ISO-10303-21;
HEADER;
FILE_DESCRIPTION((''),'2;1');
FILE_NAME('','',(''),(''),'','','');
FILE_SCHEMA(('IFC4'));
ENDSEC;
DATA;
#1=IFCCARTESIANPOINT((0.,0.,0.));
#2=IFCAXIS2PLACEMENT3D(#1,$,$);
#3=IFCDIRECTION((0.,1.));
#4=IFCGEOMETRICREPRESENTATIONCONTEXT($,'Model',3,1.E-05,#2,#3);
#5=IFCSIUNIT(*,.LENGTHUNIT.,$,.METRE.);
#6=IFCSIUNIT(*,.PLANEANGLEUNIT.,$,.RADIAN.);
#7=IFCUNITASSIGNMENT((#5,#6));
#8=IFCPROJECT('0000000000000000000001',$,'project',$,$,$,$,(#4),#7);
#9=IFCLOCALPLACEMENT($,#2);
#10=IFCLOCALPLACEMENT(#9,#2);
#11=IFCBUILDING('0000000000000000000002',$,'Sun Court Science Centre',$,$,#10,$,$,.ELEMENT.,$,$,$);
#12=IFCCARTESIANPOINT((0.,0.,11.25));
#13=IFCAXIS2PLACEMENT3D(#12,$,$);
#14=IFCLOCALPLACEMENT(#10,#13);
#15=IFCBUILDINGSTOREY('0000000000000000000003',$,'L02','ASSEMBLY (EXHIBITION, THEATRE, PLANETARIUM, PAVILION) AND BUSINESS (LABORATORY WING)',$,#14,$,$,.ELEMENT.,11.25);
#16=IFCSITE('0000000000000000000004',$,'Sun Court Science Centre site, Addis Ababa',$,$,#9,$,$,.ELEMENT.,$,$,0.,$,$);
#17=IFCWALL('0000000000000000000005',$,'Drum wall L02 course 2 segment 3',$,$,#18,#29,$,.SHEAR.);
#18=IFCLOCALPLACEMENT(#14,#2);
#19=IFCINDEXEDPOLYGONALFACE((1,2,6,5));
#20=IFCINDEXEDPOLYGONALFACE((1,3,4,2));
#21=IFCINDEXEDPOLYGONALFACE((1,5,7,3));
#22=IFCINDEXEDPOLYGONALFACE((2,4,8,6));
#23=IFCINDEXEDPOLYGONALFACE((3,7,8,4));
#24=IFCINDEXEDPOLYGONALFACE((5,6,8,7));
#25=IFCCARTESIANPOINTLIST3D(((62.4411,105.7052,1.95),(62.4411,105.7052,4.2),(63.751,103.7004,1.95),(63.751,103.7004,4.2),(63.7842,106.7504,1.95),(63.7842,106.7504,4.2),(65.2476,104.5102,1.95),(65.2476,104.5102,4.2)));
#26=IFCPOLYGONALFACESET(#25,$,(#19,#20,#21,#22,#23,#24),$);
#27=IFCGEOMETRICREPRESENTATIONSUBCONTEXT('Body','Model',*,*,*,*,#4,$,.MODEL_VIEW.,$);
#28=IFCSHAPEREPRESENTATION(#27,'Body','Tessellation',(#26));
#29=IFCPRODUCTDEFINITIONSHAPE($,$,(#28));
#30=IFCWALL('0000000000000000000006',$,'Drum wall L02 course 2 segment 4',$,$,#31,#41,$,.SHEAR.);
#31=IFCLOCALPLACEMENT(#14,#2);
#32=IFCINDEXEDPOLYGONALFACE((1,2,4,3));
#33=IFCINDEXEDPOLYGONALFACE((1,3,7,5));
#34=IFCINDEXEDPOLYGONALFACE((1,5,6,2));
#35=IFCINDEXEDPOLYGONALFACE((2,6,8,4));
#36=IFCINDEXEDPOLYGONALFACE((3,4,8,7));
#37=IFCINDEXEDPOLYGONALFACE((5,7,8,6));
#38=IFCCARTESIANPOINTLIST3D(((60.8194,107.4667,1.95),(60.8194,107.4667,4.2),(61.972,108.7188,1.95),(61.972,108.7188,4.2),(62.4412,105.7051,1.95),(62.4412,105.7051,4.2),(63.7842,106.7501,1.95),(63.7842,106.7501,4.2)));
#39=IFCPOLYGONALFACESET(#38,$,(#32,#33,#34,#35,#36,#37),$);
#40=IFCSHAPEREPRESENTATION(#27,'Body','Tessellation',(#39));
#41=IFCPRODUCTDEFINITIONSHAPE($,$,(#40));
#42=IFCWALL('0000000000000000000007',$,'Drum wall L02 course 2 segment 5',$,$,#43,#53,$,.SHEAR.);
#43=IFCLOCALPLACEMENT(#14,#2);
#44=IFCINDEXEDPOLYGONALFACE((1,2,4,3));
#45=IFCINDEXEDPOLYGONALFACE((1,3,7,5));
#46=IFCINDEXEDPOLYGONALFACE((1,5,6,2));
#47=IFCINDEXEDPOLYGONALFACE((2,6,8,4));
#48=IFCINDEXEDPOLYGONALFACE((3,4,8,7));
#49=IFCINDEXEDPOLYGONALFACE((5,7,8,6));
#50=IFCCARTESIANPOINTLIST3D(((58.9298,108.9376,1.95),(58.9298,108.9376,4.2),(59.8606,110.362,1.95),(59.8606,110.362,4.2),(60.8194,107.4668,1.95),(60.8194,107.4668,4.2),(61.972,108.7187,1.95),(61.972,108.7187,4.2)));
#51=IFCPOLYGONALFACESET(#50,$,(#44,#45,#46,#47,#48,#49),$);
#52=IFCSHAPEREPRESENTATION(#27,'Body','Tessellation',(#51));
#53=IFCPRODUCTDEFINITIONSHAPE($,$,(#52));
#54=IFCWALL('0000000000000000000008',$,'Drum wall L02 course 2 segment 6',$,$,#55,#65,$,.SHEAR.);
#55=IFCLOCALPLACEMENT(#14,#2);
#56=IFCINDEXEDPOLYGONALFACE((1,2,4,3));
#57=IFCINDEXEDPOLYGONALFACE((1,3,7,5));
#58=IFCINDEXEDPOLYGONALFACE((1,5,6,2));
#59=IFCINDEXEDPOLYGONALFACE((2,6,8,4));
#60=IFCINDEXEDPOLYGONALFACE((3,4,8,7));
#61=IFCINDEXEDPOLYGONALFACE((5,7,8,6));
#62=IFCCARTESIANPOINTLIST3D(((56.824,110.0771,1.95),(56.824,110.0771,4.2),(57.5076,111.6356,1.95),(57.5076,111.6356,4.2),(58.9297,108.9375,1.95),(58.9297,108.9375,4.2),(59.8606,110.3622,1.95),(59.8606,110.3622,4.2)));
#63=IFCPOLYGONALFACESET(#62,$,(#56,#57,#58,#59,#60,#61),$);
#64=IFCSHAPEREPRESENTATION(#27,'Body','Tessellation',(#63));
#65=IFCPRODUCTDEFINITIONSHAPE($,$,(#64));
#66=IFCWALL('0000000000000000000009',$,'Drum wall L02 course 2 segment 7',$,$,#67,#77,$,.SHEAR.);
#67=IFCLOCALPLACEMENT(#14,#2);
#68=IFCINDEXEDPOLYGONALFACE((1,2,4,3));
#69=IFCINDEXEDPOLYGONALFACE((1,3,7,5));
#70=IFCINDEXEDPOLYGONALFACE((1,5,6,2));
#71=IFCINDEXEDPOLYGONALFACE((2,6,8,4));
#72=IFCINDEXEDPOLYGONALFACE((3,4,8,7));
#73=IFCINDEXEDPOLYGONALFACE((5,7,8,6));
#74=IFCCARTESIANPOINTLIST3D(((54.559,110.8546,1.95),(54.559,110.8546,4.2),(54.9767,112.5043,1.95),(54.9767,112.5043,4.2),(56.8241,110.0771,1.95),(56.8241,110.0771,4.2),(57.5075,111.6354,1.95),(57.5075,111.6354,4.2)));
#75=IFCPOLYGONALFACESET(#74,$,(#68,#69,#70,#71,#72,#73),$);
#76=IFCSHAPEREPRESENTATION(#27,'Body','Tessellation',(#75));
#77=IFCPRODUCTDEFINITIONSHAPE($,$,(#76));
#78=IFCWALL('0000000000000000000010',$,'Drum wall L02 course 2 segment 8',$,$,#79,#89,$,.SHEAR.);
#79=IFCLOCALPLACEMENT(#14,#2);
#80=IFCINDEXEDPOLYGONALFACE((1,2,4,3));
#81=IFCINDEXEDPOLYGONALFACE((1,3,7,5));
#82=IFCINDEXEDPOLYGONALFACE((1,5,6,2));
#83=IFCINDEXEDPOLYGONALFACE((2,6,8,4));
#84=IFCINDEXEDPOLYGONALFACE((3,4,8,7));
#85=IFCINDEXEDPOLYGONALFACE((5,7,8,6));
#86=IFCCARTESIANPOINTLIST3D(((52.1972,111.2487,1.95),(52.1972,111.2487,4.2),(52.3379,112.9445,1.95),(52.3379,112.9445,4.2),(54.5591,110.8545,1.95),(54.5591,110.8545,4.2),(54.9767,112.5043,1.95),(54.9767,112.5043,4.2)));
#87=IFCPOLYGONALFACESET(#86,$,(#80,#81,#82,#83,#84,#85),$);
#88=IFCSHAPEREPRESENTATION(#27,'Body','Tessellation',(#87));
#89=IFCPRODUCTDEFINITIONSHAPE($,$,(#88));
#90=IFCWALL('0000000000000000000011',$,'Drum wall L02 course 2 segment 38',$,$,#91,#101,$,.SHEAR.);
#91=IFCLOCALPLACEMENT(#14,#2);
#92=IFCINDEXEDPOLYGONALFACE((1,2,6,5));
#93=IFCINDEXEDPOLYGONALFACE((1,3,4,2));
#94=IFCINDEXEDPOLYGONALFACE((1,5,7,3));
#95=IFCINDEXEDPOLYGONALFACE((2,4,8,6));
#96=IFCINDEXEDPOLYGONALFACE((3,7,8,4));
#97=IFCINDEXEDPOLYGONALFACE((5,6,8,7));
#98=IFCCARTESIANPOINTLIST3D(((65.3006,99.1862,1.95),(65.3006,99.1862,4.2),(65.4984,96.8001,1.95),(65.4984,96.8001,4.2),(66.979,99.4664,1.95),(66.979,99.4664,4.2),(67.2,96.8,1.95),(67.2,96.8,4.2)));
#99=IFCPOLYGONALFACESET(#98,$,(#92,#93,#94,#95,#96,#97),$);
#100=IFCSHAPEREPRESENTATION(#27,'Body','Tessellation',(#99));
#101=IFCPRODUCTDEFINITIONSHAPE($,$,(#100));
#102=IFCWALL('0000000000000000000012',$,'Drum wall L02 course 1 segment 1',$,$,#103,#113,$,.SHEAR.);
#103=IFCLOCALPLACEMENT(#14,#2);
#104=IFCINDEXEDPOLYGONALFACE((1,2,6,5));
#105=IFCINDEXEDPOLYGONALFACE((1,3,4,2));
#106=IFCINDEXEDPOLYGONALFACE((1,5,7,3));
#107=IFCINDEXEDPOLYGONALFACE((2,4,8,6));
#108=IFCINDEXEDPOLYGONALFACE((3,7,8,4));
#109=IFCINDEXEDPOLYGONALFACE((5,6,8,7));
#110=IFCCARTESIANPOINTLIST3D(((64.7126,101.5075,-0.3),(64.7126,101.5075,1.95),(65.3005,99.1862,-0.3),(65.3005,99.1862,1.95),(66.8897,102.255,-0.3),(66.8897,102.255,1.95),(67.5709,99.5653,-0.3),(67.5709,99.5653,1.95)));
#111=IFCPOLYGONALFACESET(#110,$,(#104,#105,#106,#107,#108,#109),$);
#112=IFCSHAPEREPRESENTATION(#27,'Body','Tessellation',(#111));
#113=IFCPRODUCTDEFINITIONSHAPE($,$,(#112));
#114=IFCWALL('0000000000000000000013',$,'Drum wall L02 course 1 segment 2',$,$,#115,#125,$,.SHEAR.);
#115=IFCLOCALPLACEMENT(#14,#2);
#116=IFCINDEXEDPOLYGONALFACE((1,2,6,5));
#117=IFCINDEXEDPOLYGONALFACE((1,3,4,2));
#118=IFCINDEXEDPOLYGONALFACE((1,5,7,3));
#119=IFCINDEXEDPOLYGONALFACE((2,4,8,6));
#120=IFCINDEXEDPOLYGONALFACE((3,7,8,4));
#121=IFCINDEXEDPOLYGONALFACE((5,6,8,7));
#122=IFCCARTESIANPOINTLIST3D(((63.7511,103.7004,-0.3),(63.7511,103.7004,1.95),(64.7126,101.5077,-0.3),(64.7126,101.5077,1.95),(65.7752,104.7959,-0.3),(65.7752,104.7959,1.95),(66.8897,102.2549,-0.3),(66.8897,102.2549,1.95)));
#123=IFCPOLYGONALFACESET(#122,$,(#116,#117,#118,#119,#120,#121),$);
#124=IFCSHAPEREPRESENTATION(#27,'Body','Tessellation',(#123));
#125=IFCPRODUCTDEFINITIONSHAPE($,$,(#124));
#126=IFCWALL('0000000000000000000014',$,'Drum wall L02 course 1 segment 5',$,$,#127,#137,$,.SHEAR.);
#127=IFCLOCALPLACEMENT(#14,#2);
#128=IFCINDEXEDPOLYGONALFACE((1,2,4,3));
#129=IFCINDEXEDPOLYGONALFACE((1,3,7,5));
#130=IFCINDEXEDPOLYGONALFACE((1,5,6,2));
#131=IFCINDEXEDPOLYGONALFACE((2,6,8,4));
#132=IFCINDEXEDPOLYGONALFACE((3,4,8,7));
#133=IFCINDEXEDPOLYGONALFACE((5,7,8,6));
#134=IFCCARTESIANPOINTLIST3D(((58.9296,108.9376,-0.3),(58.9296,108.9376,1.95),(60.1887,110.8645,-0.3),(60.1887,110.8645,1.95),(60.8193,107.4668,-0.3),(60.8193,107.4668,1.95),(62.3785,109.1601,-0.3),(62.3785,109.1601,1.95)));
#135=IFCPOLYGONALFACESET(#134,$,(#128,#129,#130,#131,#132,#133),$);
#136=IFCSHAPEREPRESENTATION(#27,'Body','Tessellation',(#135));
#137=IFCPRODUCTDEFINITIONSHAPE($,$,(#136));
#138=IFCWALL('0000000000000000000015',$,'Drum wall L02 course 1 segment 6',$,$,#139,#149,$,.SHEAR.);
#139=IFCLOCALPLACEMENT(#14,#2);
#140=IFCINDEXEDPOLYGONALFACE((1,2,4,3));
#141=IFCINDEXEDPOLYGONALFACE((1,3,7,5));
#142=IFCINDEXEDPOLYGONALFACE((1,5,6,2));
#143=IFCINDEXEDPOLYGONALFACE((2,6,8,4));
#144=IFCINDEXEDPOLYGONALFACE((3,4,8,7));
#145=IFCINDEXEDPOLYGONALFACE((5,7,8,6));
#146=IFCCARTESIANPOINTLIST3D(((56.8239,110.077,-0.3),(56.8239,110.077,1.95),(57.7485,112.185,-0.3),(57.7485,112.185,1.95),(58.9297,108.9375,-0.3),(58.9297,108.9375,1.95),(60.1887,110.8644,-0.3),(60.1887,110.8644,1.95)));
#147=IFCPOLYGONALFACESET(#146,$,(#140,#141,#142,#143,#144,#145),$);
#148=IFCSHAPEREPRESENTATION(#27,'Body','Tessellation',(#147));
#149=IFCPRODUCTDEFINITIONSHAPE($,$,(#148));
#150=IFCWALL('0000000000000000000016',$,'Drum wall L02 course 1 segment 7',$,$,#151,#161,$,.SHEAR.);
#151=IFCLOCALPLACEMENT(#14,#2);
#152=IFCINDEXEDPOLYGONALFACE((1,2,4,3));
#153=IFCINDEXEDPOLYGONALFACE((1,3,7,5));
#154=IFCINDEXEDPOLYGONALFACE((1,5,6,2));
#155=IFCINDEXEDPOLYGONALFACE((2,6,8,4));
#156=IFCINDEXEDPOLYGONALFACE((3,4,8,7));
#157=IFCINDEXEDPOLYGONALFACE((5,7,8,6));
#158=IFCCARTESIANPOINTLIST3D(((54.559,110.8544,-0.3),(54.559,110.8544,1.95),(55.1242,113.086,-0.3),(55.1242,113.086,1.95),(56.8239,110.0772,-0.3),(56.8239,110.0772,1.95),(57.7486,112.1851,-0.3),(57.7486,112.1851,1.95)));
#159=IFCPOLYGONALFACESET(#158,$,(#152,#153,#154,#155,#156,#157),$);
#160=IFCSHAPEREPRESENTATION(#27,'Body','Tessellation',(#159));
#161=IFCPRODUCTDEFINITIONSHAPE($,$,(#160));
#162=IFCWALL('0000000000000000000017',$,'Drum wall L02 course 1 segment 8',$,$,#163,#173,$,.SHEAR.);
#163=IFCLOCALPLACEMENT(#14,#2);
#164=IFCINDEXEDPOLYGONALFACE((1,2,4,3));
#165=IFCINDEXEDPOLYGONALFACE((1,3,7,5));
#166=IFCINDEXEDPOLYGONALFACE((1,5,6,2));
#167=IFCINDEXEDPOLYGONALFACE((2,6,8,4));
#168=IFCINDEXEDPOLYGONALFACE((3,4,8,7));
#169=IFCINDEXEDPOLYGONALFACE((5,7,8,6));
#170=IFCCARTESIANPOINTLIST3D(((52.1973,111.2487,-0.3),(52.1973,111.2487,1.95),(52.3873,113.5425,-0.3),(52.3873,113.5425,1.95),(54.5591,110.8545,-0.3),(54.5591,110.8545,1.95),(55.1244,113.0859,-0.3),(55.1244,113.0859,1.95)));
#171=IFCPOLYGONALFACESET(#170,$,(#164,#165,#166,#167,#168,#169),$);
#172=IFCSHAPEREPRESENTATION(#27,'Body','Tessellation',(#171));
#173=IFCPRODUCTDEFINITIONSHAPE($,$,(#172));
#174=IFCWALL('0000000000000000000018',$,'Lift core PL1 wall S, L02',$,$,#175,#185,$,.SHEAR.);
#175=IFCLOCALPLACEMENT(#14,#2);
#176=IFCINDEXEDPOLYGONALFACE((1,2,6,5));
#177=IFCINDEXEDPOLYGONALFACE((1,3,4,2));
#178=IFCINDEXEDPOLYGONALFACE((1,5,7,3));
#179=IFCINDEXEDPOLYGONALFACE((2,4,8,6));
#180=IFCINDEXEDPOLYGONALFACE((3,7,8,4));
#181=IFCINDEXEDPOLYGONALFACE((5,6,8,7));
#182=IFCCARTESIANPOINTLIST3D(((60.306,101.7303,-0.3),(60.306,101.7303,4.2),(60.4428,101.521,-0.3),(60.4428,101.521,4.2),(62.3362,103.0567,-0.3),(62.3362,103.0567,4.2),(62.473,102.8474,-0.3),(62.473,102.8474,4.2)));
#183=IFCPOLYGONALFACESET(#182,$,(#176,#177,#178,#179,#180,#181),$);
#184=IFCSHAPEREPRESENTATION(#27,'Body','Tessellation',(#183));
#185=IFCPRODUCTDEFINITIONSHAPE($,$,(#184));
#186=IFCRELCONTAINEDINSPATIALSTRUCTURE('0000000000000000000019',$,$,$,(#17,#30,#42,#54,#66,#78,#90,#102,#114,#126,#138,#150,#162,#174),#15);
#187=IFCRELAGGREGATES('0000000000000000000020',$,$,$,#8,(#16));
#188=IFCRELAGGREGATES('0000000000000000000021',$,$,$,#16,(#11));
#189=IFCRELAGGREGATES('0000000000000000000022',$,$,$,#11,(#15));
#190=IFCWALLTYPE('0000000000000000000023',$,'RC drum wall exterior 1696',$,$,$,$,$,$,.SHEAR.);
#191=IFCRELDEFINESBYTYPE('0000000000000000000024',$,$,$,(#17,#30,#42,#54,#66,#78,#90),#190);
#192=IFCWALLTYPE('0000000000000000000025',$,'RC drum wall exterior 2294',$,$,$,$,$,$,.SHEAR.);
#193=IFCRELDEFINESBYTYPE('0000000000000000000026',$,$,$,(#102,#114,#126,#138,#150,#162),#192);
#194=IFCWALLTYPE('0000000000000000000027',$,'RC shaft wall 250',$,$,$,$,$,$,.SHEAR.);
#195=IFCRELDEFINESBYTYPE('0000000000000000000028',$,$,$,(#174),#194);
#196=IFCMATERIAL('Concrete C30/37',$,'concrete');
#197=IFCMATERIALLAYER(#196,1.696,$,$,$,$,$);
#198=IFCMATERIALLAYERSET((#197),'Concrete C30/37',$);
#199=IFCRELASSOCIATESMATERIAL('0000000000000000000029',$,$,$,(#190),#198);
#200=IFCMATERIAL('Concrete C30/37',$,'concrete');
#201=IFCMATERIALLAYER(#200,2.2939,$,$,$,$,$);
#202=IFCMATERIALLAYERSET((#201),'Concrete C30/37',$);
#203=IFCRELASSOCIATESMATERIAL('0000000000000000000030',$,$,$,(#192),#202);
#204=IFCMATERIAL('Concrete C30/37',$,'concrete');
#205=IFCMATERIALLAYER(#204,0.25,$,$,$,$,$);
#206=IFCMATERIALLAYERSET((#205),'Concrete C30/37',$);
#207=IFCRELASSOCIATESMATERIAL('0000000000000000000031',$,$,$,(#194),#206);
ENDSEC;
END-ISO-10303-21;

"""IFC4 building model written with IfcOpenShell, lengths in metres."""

from ifc_helpers import new_model, si_unit, direction, frame, frame_2d, origin, place, context, subcontext, project, spatial, polyline, rectangle, outline, extrude, material, layer, layer_set, type_object, element, save


model = new_model("IFC4")

# Units and contexts
model_context = context("Model", 3, precision=1e-05, world=origin(), true_north=direction((0.0, 1.0)))
body_context = subcontext(model_context, "Body", "Model", "MODEL_VIEW")
ifc_project = project(units=[si_unit("LENGTHUNIT", "METRE"), si_unit("PLANEANGLEUNIT", "RADIAN")], contexts=[model_context])

# Site, building, storey
site_placement = place(None, origin())
site = spatial("IfcSite", under=ifc_project, at=site_placement, Name="Sun Court Science Centre site, Addis Ababa", CompositionType="ELEMENT", RefElevation=0.0)
building_placement = place(site_placement, origin())
building = spatial("IfcBuilding", under=site, at=building_placement, Name="Sun Court Science Centre", CompositionType="ELEMENT")
storey_placement = place(building_placement, frame((0.0, 0.0, 11.25)))
storey = spatial("IfcBuildingStorey", under=building, at=storey_placement, Name="L02", Description="ASSEMBLY (EXHIBITION, THEATRE, PLANETARIUM, PAVILION) AND BUSINESS (LABORATORY WING)", CompositionType="ELEMENT", Elevation=11.25)

# Walls
ifc_material_1 = material(Name="Concrete C30/37", Category="concrete")
ifc_layer_1 = layer(ifc_material_1, 1.696)
ifc_layer_set_1 = layer_set([ifc_layer_1], Name="Concrete C30/37")
wall_type_1 = type_object("IfcWallType", Name="RC drum wall exterior 1696", PredefinedType="SHEAR", material=ifc_layer_set_1)
wall_1_placement = place(storey_placement, frame((64.5376, 104.0466, 1.95), z_axis=(0.0, 0.0, 1.0), x_axis=(-0.546969, 0.837153, 0.0)))
element("IfcWall", 1, at=wall_1_placement, inside=storey, type_object=wall_type_1, Name="Drum wall L02 course 2 segment 3", PredefinedType="SHEAR", context=body_context, shape_type="SweptSolid", body=[
    extrude(outline(polyline([(-0.0002, -0.8479), (2.6755, -0.8481), (2.5352, 0.8479), (0.1404, 0.8479), (-0.0002, -0.8479)])), origin(), (0.0, 0.0, 1.0), 2.25),
])
wall_2_placement = place(storey_placement, frame((63.1602, 106.176, 1.95), z_axis=(0.0, 0.0, 1.0), x_axis=(-0.677256, 0.735747, 0.0)))
element("IfcWall", 2, at=wall_2_placement, inside=storey, type_object=wall_type_1, Name="Drum wall L02 course 2 segment 4", PredefinedType="SHEAR", context=body_context, shape_type="SweptSolid", body=[
    extrude(outline(polyline([(-0.0002, -0.8479), (2.6755, -0.8479), (2.5349, 0.8481), (0.1404, 0.8479), (-0.0002, -0.8479)])), origin(), (0.0, 0.0, 1.0), 2.25),
])
wall_3_placement = place(storey_placement, frame((61.4512, 108.0496, 1.95), z_axis=(0.0, 0.0, 1.0), x_axis=(-0.789141, 0.614212, 0.0)))
element("IfcWall", 3, at=wall_3_placement, inside=storey, type_object=wall_type_1, Name="Drum wall L02 course 2 segment 5", PredefinedType="SHEAR", context=body_context, shape_type="SweptSolid", body=[
    extrude(outline(polyline([(0.0, -0.8479), (2.6755, -0.8479), (2.5352, 0.8479), (0.1406, 0.8479), (0.0, -0.8479)])), origin(), (0.0, 0.0, 1.0), 2.25),
])
wall_4_placement = place(storey_placement, frame((59.457, 109.6165, 1.95), z_axis=(0.0, 0.0, 1.0), x_axis=(-0.879467, 0.47596, 0.0)))
element("IfcWall", 4, at=wall_4_placement, inside=storey, type_object=wall_type_1, Name="Drum wall L02 course 2 segment 6", PredefinedType="SHEAR", context=body_context, shape_type="SweptSolid", body=[
    extrude(outline(polyline([(0.0, -0.8479), (2.6755, -0.8479), (2.5349, 0.8481), (0.1406, 0.8481), (0.0, -0.8479)])), origin(), (0.0, 0.0, 1.0), 2.25),
])
wall_5_placement = place(storey_placement, frame((57.2322, 110.8335, 1.95), z_axis=(0.0, 0.0, 1.0), x_axis=(-0.945807, 0.324728, 0.0)))
element("IfcWall", 5, at=wall_5_placement, inside=storey, type_object=wall_type_1, Name="Drum wall L02 course 2 segment 7", PredefinedType="SHEAR", context=body_context, shape_type="SweptSolid", body=[
    extrude(outline(polyline([(0.0, -0.8479), (2.6758, -0.8479), (2.5352, 0.8481), (0.1404, 0.8479), (0.0, -0.8479)])), origin(), (0.0, 0.0, 1.0), 2.25),
])
wall_6_placement = place(storey_placement, frame((54.8374, 111.668, 1.95), z_axis=(0.0, 0.0, 1.0), x_axis=(-0.986359, 0.164606, 0.0)))
element("IfcWall", 6, at=wall_6_placement, inside=storey, type_object=wall_type_1, Name="Drum wall L02 course 2 segment 8", PredefinedType="SHEAR", context=body_context, shape_type="SweptSolid", body=[
    extrude(outline(polyline([(0.0002, -0.8479), (2.6755, -0.8477), (2.5352, 0.8481), (0.1406, 0.8481), (0.0002, -0.8479)])), origin(), (0.0, 0.0, 1.0), 2.25),
])
wall_7_placement = place(storey_placement, frame((66.355, 96.73, 1.95), z_axis=(0.0, 0.0, 1.0), x_axis=(-0.082577, 0.996585, 0.0)))
element("IfcWall", 7, at=wall_7_placement, inside=storey, type_object=wall_type_1, Name="Drum wall L02 course 2 segment 38", PredefinedType="SHEAR", context=body_context, shape_type="SweptSolid", body=[
    extrude(outline(polyline([(0.0, -0.8479), (2.6755, -0.8479), (2.5349, 0.8479), (0.1406, 0.8479), (0.0, -0.8479)])), origin(), (0.0, 0.0, 1.0), 2.25),
])
ifc_material_2 = material(Name="Concrete C30/37", Category="concrete")
ifc_layer_2 = layer(ifc_material_2, 2.2939)
ifc_layer_set_2 = layer_set([ifc_layer_2], Name="Concrete C30/37")
wall_type_2 = type_object("IfcWallType", Name="RC drum wall exterior 2294", PredefinedType="SHEAR", material=ifc_layer_set_2)
wall_8_placement = place(storey_placement, frame((66.459, 99.2837, -0.3), z_axis=(0.0, 0.0, 1.0), x_axis=(-0.245495, 0.969398, 0.0)))
element("IfcWall", 8, at=wall_8_placement, inside=storey, type_object=wall_type_2, Name="Drum wall L02 course 1 segment 1", PredefinedType="SHEAR", context=body_context, shape_type="SweptSolid", body=[
    extrude(outline(polyline([(0.0, -1.147), (2.7747, -1.147), (2.5845, 1.147), (0.1899, 1.147), (0.0, -1.147)])), origin(), (0.0, 0.0, 1.0), 2.25),
])
wall_9_placement = place(storey_placement, frame((65.8394, 101.7942, -0.3), z_axis=(0.0, 0.0, 1.0), x_axis=(-0.401668, 0.915785, 0.0)))
element("IfcWall", 9, at=wall_9_placement, inside=storey, type_object=wall_type_2, Name="Drum wall L02 course 1 segment 2", PredefinedType="SHEAR", context=body_context, shape_type="SweptSolid", body=[
    extrude(outline(polyline([(0.0, -1.147), (2.7747, -1.147), (2.5845, 1.1467), (0.1902, 1.147), (0.0, -1.147)])), origin(), (0.0, 0.0, 1.0), 2.25),
])
wall_10_placement = place(storey_placement, frame((61.6738, 108.2551, -0.3), z_axis=(0.0, 0.0, 1.0), x_axis=(-0.789144, 0.614209, 0.0)))
element("IfcWall", 10, at=wall_10_placement, inside=storey, type_object=wall_type_2, Name="Drum wall L02 course 1 segment 5", PredefinedType="SHEAR", context=body_context, shape_type="SweptSolid", body=[
    extrude(outline(polyline([(-0.0002, -1.147), (2.7747, -1.147), (2.5847, 1.147), (0.1902, 1.147), (-0.0002, -1.147)])), origin(), (0.0, 0.0, 1.0), 2.25),
])
wall_11_placement = place(storey_placement, frame((59.6428, 109.8557, -0.3), z_axis=(0.0, 0.0, 1.0), x_axis=(-0.879475, 0.475946, 0.0)))
element("IfcWall", 11, at=wall_11_placement, inside=storey, type_object=wall_type_2, Name="Drum wall L02 course 1 segment 6", PredefinedType="SHEAR", context=body_context, shape_type="SweptSolid", body=[
    extrude(outline(polyline([(0.0, -1.147), (2.7747, -1.147), (2.5845, 1.147), (0.1902, 1.147), (0.0, -1.147)])), origin(), (0.0, 0.0, 1.0), 2.25),
])
wall_12_placement = place(storey_placement, frame((57.376, 111.1001, -0.3), z_axis=(0.0, 0.0, 1.0), x_axis=(-0.945794, 0.324767, 0.0)))
element("IfcWall", 12, at=wall_12_placement, inside=storey, type_object=wall_type_2, Name="Drum wall L02 course 1 segment 7", PredefinedType="SHEAR", context=body_context, shape_type="SweptSolid", body=[
    extrude(outline(polyline([(0.0, -1.1472), (2.7747, -1.147), (2.5845, 1.1472), (0.1899, 1.1467), (0.0, -1.1472)])), origin(), (0.0, 0.0, 1.0), 2.25),
])
wall_13_placement = place(storey_placement, frame((54.9353, 111.9546, -0.3), z_axis=(0.0, 0.0, 1.0), x_axis=(-0.986356, 0.164627, 0.0)))
element("IfcWall", 13, at=wall_13_placement, inside=storey, type_object=wall_type_2, Name="Drum wall L02 course 1 segment 8", PredefinedType="SHEAR", context=body_context, shape_type="SweptSolid", body=[
    extrude(outline(polyline([(-0.0002, -1.147), (2.7747, -1.1467), (2.5845, 1.147), (0.1899, 1.147), (-0.0002, -1.147)])), origin(), (0.0, 0.0, 1.0), 2.25),
])
ifc_material_3 = material(Name="Concrete C30/37", Category="concrete")
ifc_layer_3 = layer(ifc_material_3, 0.25)
ifc_layer_set_3 = layer_set([ifc_layer_3], Name="Concrete C30/37")
wall_type_3 = type_object("IfcWallType", Name="RC shaft wall 250", PredefinedType="SHEAR", material=ifc_layer_set_3)
wall_14_placement = place(storey_placement, frame((60.3745, 101.6257, -0.3), z_axis=(0.0, 0.0, 1.0), x_axis=(0.837172, 0.54694, 0.0)))
element("IfcWall", 14, at=wall_14_placement, inside=storey, type_object=wall_type_3, Name="Lift core PL1 wall S, L02", PredefinedType="SHEAR", context=body_context, shape_type="SweptSolid", body=[
    extrude(rectangle(XDim=2.425, YDim=0.25, at=frame_2d((1.2124, 0.0))), origin(), (0.0, 0.0, 1.0), 4.5),
])

save(model, "model.ifc")
